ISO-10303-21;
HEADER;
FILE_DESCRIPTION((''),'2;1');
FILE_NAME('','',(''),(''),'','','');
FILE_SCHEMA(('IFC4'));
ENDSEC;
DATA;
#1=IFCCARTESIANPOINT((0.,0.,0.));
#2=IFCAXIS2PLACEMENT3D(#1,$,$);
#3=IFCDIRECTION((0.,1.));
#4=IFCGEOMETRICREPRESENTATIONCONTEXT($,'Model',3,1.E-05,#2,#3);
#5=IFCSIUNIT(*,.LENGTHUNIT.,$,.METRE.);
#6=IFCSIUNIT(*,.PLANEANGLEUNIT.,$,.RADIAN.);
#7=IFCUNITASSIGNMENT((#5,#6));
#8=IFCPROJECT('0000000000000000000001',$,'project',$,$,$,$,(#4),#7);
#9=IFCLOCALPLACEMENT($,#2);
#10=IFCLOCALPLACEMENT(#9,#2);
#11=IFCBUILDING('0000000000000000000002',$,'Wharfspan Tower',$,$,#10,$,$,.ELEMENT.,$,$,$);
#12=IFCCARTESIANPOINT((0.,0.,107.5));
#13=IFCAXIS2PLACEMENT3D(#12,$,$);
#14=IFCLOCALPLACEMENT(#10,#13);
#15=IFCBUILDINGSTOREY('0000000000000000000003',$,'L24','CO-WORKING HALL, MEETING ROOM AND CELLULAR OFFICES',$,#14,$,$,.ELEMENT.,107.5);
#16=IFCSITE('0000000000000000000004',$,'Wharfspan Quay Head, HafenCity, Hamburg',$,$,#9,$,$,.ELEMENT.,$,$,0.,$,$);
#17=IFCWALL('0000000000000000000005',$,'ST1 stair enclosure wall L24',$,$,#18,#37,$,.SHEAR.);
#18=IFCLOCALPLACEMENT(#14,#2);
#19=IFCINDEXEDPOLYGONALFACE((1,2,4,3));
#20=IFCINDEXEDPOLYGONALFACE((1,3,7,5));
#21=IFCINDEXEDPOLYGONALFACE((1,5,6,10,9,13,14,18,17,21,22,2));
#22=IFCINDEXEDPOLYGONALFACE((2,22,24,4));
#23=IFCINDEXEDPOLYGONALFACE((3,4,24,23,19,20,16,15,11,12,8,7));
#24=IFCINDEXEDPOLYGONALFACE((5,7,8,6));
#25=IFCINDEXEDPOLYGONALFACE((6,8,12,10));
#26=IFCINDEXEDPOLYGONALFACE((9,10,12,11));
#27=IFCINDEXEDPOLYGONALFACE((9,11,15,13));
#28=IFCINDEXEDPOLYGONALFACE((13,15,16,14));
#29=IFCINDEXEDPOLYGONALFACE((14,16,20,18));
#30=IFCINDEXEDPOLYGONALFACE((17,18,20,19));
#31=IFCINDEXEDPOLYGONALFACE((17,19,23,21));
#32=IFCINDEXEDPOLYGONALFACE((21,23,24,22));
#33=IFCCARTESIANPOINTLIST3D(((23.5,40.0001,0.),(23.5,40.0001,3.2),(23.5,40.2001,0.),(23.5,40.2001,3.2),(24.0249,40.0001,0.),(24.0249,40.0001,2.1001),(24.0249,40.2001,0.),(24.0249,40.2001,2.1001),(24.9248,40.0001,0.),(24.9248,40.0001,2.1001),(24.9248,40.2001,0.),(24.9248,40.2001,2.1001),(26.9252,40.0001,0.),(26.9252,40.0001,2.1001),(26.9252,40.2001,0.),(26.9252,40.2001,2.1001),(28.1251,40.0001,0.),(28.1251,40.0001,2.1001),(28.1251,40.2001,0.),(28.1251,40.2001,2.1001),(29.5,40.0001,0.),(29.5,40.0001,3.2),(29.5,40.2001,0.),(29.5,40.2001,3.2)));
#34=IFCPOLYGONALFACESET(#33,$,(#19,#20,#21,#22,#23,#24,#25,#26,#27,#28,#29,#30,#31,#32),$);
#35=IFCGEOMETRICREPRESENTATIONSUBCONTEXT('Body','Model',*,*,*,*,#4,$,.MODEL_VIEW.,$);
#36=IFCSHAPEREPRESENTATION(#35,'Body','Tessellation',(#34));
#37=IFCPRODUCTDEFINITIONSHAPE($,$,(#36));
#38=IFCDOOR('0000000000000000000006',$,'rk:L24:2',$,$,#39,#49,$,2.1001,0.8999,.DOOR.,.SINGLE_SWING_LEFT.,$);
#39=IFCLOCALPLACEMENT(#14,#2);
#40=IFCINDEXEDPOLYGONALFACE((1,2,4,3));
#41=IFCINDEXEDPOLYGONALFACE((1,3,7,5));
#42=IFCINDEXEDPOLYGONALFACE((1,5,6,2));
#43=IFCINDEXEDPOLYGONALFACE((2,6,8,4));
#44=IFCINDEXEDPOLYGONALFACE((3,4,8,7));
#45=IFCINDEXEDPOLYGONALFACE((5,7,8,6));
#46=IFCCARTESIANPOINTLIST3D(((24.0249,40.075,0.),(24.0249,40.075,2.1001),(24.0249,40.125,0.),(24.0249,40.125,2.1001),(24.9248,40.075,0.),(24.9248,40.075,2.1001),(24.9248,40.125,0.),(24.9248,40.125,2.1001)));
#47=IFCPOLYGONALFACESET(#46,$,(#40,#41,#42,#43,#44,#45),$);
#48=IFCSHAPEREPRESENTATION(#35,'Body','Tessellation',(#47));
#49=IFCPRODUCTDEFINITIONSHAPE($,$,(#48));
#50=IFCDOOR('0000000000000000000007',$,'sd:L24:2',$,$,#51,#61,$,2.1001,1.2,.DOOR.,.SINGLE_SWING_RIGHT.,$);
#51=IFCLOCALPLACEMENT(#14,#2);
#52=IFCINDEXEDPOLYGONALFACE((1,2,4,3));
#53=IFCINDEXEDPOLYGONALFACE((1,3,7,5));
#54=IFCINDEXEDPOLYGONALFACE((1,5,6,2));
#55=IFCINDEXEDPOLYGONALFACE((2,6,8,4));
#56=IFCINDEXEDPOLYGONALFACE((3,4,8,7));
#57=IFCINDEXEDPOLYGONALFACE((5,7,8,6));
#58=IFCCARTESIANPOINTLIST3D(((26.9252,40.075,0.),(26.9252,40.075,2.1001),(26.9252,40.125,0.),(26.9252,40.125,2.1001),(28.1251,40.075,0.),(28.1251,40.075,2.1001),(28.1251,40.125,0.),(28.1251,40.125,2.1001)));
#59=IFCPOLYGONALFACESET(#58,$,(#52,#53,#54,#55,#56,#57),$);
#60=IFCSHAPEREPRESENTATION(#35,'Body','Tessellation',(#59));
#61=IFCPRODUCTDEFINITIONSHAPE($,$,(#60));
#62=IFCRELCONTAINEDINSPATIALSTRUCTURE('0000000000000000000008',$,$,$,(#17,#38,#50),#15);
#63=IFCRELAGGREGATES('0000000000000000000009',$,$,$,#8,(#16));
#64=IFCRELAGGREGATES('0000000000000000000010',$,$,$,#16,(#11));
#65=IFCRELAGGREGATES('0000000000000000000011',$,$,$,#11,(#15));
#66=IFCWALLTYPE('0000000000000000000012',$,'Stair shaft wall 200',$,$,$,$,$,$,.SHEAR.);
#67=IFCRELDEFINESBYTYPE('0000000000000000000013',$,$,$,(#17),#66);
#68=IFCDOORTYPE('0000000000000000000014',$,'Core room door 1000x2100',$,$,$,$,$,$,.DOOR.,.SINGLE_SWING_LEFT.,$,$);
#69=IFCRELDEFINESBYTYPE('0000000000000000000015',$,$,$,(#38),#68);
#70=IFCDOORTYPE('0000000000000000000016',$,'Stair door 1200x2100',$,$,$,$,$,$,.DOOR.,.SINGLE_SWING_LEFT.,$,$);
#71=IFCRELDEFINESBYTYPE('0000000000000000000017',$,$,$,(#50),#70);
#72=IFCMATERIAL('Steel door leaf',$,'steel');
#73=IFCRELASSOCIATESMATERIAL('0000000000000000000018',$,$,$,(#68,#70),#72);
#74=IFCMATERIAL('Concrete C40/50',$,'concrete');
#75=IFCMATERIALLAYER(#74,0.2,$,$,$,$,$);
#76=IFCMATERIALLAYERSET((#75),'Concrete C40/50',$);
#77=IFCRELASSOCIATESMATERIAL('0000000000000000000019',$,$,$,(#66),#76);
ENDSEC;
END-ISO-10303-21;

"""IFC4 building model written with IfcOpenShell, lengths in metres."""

from ifc_helpers import new_model, si_unit, direction, frame, frame_2d, origin, place, context, subcontext, project, spatial, rectangle, extrude, material, layer, layer_set, type_object, element, fill, save


model = new_model("IFC4")

# Units and contexts
model_context = context("Model", 3, precision=1e-05, world=origin(), true_north=direction((0.0, 1.0)))
body_context = subcontext(model_context, "Body", "Model", "MODEL_VIEW")
ifc_project = project(units=[si_unit("LENGTHUNIT", "METRE"), si_unit("PLANEANGLEUNIT", "RADIAN")], contexts=[model_context])

# Site, building, storey
site_placement = place(None, origin())
site = spatial("IfcSite", under=ifc_project, at=site_placement, Name="Wharfspan Quay Head, HafenCity, Hamburg", CompositionType="ELEMENT", RefElevation=0.0)
building_placement = place(site_placement, origin())
building = spatial("IfcBuilding", under=site, at=building_placement, Name="Wharfspan Tower", CompositionType="ELEMENT")
storey_placement = place(building_placement, frame((0.0, 0.0, 107.5)))
storey = spatial("IfcBuildingStorey", under=building, at=storey_placement, Name="L24", Description="CO-WORKING HALL, MEETING ROOM AND CELLULAR OFFICES", CompositionType="ELEMENT", Elevation=107.5)

# Wall, openings, doors
ifc_material_1 = material(Name="Steel door leaf", Category="steel")
door_type_1 = type_object("IfcDoorType", Name="Core room door 1000x2100", OperationType="SINGLE_SWING_LEFT", PredefinedType="DOOR", material=ifc_material_1)
ifc_material_2 = material(Name="Concrete C40/50", Category="concrete")
ifc_layer_1 = layer(ifc_material_2, 0.2)
ifc_layer_set_1 = layer_set([ifc_layer_1], Name="Concrete C40/50")
wall_type_1 = type_object("IfcWallType", Name="Stair shaft wall 200", PredefinedType="SHEAR", material=ifc_layer_set_1)
wall_1_placement = place(storey_placement, frame((23.5, 40.1001, 0.0), z_axis=(0.0, 0.0, 1.0), x_axis=(1.0, 0.0, 0.0)))
wall_1 = element("IfcWall", 1, at=wall_1_placement, inside=storey, type_object=wall_type_1, Name="ST1 stair enclosure wall L24", PredefinedType="SHEAR", context=body_context, shape_type="SweptSolid", body=[
    extrude(rectangle(XDim=6.0, YDim=0.2, at=frame_2d((3.0, 0.0))), origin(), (0.0, 0.0, 1.0), 3.2),
])
opening_1_placement = place(wall_1_placement, frame((3.425, 0.0, 0.0)))
opening_1 = element("IfcOpeningElement", 2, at=opening_1_placement, cuts=wall_1, PredefinedType="OPENING", context=body_context, shape_type="SweptSolid", body=[
    extrude(rectangle(XDim=1.2, YDim=2.1001, at=frame_2d((0.6001, 1.05))), frame((0.0, 0.1099, 0.0), z_axis=(0.0, -1.0, 0.0), x_axis=(1.0, 0.0, 0.0)), (0.0, 0.0, 1.0), 0.22),
])
opening_2_placement = place(wall_1_placement, frame((0.5249, 0.0, 0.0)))
opening_2 = element("IfcOpeningElement", 3, at=opening_2_placement, cuts=wall_1, PredefinedType="OPENING", context=body_context, shape_type="SweptSolid", body=[
    extrude(rectangle(XDim=0.8999, YDim=2.1001, at=frame_2d((0.45, 1.05))), frame((0.0, 0.1099, 0.0), z_axis=(0.0, -1.0, 0.0), x_axis=(1.0, 0.0, 0.0)), (0.0, 0.0, 1.0), 0.22),
])
door_1_placement = place(opening_2_placement, origin())
door_1 = element("IfcDoor", 4, at=door_1_placement, inside=storey, type_object=door_type_1, Name="rk:L24:2", OperationType="SINGLE_SWING_LEFT", OverallHeight=2.1001, OverallWidth=0.8999, PredefinedType="DOOR", context=body_context, shape_type="SweptSolid", body=[
    extrude(rectangle(XDim=0.8999, YDim=2.1001, at=frame_2d((0.45, 1.05))), frame((0.0, 0.0249, 0.0), z_axis=(0.0, -1.0, 0.0), x_axis=(1.0, 0.0, 0.0)), (0.0, 0.0, 1.0), 0.05),
])
fill(opening_2, door_1)
door_type_2 = type_object("IfcDoorType", Name="Stair door 1200x2100", OperationType="SINGLE_SWING_LEFT", PredefinedType="DOOR", material=ifc_material_1)
door_2_placement = place(opening_1_placement, origin())
door_2 = element("IfcDoor", 5, at=door_2_placement, inside=storey, type_object=door_type_2, Name="sd:L24:2", OperationType="SINGLE_SWING_RIGHT", OverallHeight=2.1001, OverallWidth=1.2, PredefinedType="DOOR", context=body_context, shape_type="SweptSolid", body=[
    extrude(rectangle(XDim=1.2, YDim=2.1001, at=frame_2d((0.6001, 1.05))), frame((0.0, 0.0249, 0.0), z_axis=(0.0, -1.0, 0.0), x_axis=(1.0, 0.0, 0.0)), (0.0, 0.0, 1.0), 0.05),
])
fill(opening_1, door_2)

save(model, "model.ifc")
